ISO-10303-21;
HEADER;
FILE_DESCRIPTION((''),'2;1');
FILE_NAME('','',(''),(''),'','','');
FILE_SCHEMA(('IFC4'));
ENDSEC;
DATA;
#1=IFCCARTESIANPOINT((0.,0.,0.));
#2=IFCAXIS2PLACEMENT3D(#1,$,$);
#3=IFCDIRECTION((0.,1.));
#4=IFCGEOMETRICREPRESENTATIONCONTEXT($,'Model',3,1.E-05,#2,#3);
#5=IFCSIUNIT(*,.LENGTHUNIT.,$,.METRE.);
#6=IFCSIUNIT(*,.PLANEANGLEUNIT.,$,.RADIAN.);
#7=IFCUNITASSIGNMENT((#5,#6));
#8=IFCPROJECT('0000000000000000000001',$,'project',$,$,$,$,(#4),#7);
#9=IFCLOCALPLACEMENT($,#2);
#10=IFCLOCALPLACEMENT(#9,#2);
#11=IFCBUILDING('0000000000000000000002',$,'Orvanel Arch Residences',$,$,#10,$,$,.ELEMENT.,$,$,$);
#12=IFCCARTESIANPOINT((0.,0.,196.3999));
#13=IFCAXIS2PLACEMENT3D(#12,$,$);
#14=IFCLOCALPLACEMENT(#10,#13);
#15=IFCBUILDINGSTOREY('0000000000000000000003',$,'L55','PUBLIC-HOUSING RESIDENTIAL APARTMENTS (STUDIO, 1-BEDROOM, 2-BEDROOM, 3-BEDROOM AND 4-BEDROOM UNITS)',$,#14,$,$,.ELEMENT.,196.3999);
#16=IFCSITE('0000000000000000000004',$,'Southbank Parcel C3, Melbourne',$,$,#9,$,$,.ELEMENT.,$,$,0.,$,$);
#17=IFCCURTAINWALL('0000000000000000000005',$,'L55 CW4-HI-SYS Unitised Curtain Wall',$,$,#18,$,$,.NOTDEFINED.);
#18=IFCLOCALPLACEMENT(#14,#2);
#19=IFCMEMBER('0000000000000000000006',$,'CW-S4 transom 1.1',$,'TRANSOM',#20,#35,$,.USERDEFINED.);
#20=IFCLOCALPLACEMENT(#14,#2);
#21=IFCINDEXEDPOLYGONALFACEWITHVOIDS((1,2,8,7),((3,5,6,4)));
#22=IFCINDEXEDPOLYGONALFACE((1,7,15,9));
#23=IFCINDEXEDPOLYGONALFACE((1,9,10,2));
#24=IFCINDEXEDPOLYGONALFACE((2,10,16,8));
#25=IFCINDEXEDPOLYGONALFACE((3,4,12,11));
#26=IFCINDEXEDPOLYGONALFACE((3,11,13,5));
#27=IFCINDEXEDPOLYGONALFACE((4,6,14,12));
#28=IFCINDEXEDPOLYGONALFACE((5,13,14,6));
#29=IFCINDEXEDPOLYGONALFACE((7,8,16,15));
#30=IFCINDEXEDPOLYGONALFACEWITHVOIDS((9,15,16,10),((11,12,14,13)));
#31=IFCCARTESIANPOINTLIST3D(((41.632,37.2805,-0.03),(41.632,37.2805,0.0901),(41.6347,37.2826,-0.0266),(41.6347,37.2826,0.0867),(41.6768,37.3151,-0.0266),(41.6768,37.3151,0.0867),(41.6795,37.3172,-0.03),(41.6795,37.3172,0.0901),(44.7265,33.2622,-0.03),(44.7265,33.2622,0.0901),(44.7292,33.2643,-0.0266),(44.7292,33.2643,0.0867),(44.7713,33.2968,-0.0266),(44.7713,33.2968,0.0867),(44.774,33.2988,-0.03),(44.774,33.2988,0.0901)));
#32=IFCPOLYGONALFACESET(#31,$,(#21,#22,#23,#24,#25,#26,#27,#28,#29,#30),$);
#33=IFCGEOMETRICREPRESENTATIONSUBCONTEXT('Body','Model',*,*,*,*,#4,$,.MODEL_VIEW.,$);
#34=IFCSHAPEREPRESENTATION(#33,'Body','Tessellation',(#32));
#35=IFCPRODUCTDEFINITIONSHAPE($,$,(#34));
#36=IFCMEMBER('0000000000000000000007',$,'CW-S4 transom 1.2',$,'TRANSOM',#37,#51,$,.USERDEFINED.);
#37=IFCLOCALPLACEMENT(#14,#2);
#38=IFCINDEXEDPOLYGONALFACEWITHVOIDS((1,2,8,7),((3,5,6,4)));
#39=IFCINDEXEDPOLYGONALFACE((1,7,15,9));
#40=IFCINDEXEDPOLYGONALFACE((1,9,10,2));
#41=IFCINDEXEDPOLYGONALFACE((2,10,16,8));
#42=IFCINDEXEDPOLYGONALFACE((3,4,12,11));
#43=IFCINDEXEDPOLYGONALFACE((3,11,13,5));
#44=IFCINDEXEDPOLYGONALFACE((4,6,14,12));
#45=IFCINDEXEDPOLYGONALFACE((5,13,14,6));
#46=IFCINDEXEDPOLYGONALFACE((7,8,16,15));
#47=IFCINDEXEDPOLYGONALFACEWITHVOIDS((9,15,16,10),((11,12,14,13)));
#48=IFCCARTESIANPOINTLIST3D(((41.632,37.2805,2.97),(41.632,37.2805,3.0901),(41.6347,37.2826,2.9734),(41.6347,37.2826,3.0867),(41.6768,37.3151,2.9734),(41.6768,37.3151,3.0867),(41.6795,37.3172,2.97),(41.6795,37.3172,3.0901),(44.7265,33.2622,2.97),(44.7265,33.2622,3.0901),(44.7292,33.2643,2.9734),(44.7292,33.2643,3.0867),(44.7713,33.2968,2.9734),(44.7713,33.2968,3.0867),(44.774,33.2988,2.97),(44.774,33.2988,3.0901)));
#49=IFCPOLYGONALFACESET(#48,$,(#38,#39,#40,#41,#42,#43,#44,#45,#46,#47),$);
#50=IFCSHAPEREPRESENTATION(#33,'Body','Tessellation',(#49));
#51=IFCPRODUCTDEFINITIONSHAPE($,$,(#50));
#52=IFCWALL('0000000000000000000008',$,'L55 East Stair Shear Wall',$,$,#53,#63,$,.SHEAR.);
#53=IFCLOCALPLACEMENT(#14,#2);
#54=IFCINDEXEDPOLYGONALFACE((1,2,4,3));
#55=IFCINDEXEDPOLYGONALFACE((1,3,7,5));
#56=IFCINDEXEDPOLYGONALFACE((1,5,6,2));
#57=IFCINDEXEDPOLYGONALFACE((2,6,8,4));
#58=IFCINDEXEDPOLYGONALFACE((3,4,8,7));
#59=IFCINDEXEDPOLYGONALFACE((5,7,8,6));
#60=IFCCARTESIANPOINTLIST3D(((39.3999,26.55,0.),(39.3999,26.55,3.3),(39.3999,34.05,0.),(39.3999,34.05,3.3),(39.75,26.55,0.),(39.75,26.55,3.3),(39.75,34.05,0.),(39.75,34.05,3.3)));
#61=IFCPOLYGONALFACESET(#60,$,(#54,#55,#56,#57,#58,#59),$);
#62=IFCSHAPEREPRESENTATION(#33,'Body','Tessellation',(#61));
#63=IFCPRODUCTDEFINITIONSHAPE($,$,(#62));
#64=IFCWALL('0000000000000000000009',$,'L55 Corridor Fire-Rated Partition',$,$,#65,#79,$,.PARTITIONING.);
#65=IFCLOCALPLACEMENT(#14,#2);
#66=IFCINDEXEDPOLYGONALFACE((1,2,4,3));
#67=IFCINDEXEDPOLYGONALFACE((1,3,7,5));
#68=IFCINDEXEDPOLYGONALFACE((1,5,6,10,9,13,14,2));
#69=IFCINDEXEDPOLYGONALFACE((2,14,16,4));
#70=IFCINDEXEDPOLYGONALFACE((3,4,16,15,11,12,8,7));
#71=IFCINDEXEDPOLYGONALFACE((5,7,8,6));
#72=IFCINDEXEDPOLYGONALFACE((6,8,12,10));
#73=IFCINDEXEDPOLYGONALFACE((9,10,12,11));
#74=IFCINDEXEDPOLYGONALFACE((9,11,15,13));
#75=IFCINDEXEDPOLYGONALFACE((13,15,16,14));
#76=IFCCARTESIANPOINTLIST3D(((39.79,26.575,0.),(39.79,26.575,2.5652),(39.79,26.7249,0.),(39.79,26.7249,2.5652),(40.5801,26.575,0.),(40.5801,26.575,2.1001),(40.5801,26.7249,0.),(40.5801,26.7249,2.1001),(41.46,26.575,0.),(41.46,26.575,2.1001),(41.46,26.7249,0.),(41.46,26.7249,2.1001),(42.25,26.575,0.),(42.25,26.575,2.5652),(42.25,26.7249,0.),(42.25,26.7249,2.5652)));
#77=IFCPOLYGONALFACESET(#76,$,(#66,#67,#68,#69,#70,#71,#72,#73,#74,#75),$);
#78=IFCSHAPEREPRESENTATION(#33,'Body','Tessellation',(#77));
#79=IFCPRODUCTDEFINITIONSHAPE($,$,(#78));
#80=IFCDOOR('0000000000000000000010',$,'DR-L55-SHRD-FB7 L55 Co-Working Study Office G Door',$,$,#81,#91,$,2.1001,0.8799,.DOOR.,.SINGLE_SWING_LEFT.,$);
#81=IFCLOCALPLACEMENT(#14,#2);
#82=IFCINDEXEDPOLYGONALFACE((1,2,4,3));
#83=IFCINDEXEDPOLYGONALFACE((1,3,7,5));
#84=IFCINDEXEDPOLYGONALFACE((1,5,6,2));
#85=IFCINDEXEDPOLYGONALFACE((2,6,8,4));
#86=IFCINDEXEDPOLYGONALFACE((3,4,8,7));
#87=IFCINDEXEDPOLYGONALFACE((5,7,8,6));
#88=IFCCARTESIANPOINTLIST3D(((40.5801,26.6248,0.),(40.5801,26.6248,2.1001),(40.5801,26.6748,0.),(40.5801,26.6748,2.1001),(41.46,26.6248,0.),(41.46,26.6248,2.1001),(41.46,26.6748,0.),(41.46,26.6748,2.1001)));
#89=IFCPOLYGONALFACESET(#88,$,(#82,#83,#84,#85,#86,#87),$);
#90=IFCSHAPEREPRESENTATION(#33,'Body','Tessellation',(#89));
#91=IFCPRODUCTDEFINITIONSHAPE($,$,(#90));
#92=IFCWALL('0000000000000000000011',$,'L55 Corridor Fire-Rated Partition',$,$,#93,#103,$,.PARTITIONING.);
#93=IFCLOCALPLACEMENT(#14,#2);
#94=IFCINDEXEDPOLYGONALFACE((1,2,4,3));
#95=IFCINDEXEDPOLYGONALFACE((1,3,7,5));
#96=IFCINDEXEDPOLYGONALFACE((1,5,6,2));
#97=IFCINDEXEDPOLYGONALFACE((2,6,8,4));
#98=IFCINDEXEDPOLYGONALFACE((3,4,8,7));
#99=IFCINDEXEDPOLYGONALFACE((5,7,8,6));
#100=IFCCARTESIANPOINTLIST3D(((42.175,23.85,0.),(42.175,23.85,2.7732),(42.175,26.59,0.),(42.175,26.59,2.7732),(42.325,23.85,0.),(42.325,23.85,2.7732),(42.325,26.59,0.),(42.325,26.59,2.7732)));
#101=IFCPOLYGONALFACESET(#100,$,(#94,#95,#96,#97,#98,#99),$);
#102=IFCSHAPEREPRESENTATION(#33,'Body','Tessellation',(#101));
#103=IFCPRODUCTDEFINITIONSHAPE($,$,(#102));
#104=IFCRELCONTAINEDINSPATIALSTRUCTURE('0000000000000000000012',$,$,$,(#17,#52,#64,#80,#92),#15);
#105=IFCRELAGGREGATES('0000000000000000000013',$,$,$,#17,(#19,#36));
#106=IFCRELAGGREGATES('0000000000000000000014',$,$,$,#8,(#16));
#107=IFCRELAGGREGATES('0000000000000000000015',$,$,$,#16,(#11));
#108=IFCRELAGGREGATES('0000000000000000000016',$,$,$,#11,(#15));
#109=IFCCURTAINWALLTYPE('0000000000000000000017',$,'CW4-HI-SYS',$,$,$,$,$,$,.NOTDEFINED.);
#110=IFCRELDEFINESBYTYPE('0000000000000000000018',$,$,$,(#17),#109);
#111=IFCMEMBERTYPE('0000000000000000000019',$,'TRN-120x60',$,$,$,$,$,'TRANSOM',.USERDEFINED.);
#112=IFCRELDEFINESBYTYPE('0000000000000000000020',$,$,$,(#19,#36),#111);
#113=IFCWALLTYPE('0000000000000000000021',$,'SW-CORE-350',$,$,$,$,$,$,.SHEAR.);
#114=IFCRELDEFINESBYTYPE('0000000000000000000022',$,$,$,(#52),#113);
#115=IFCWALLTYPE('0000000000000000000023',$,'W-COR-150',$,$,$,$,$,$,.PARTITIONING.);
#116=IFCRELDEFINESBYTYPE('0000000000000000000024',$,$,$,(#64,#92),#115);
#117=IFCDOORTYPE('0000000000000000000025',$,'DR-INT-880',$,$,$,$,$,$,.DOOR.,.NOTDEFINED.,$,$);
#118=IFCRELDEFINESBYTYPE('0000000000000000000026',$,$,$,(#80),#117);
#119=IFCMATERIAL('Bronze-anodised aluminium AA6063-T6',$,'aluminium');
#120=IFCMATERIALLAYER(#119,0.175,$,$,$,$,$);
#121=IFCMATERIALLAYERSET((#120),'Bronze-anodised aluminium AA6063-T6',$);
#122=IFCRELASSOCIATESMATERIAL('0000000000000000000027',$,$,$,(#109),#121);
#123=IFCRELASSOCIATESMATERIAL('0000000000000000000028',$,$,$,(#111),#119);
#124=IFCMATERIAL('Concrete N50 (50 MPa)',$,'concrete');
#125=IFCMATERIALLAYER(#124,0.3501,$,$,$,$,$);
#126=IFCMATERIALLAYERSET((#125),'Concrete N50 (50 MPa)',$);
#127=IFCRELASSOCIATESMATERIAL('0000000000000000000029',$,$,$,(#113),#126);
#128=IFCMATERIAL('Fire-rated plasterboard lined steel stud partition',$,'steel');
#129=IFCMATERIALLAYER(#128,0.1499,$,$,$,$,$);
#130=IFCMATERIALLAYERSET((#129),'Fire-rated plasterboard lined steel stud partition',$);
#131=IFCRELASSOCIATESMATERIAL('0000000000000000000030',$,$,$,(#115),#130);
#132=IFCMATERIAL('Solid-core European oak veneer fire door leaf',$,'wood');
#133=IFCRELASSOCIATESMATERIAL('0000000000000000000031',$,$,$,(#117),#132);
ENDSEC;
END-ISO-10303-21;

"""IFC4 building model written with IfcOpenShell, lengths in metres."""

from ifc_helpers import new_model, si_unit, direction, frame, frame_2d, origin, origin_2d, place, context, subcontext, project, spatial, rectangle, hollow_rectangle, extrude, material, layer, layer_set, material_profile, profile_set, type_object, element, fill, aggregate, save


model = new_model("IFC4")

# Units and contexts
model_context = context("Model", 3, precision=1e-05, world=origin(), true_north=direction((0.0, 1.0)))
body_context = subcontext(model_context, "Body", "Model", "MODEL_VIEW")
ifc_project = project(units=[si_unit("LENGTHUNIT", "METRE"), si_unit("PLANEANGLEUNIT", "RADIAN")], contexts=[model_context])

# Site, building, storey
site_placement = place(None, origin())
site = spatial("IfcSite", under=ifc_project, at=site_placement, Name="Southbank Parcel C3, Melbourne", CompositionType="ELEMENT", RefElevation=0.0)
building_placement = place(site_placement, origin())
building = spatial("IfcBuilding", under=site, at=building_placement, Name="Orvanel Arch Residences", CompositionType="ELEMENT")
storey_placement = place(building_placement, frame((0.0, 0.0, 196.3999)))
storey = spatial("IfcBuildingStorey", under=building, at=storey_placement, Name="L55", Description="PUBLIC-HOUSING RESIDENTIAL APARTMENTS (STUDIO, 1-BEDROOM, 2-BEDROOM, 3-BEDROOM AND 4-BEDROOM UNITS)", CompositionType="ELEMENT", Elevation=196.3999)

# Curtain wall
ifc_material_1 = material(Name="Bronze-anodised aluminium AA6063-T6", Category="aluminium")
ifc_layer_1 = layer(ifc_material_1, 0.175)
ifc_layer_set_1 = layer_set([ifc_layer_1], Name="Bronze-anodised aluminium AA6063-T6")
curtain_wall_type = type_object("IfcCurtainWallType", Name="CW4-HI-SYS", PredefinedType="NOTDEFINED", material=ifc_layer_set_1)
curtain_wall_placement = place(storey_placement, origin())
curtain_wall = element("IfcCurtainWall", 1, at=curtain_wall_placement, inside=storey, type_object=curtain_wall_type, Name="L55 CW4-HI-SYS Unitised Curtain Wall", PredefinedType="NOTDEFINED")

# Members
ifc_material_profile_1 = material_profile(ifc_material_1, hollow_rectangle(XDim=0.0601, YDim=0.1201, WallThickness=0.0034, at=origin_2d()), Name="ALU120x60x3.5")
ifc_profile_set_1 = profile_set([ifc_material_profile_1], Name="Bronze-anodised aluminium AA6063-T6")
member_type_1 = type_object("IfcMemberType", Name="TRN-120x60", ElementType="TRANSOM", PredefinedType="USERDEFINED", material=ifc_profile_set_1)
member_1_placement = place(storey_placement, frame((44.7502, 33.2805, 0.03), z_axis=(-0.610141, 0.792293, 0.0), x_axis=(-0.792293, -0.610141, 0.0)))
member_1 = element("IfcMember", 2, at=member_1_placement, type_object=member_type_1, Name="CW-S4 transom 1.1", ObjectType="TRANSOM", PredefinedType="USERDEFINED", context=body_context, shape_type="SweptSolid", body=[
    extrude(hollow_rectangle(XDim=0.0601, YDim=0.1201, WallThickness=0.0034, at=origin_2d()), origin(), (0.0, 0.0, 1.0), 5.0718),
])
member_2_placement = place(storey_placement, frame((44.7502, 33.2805, 3.03), z_axis=(-0.610141, 0.792293, 0.0), x_axis=(-0.792293, -0.610141, 0.0)))
member_2 = element("IfcMember", 3, at=member_2_placement, type_object=member_type_1, Name="CW-S4 transom 1.2", ObjectType="TRANSOM", PredefinedType="USERDEFINED", context=body_context, shape_type="SweptSolid", body=[
    extrude(hollow_rectangle(XDim=0.0601, YDim=0.1201, WallThickness=0.0034, at=origin_2d()), origin(), (0.0, 0.0, 1.0), 5.0718),
])
aggregate(curtain_wall, [member_1, member_2])

# Wall
ifc_material_2 = material(Name="Concrete N50 (50 MPa)", Category="concrete")
ifc_layer_2 = layer(ifc_material_2, 0.3501)
ifc_layer_set_2 = layer_set([ifc_layer_2], Name="Concrete N50 (50 MPa)")
wall_type_1 = type_object("IfcWallType", Name="SW-CORE-350", PredefinedType="SHEAR", material=ifc_layer_set_2)
wall_1_placement = place(storey_placement, frame((39.575, 26.55, 0.0), z_axis=(0.0, 0.0, 1.0), x_axis=(0.0, 1.0, 0.0)))
element("IfcWall", 4, at=wall_1_placement, inside=storey, type_object=wall_type_1, Name="L55 East Stair Shear Wall", PredefinedType="SHEAR", context=body_context, shape_type="SweptSolid", body=[
    extrude(rectangle(XDim=7.5, YDim=0.3501, at=frame_2d((3.75, 0.0))), origin(), (0.0, 0.0, 1.0), 3.3),
])

# Wall, opening, door
ifc_material_3 = material(Name="Fire-rated plasterboard lined steel stud partition", Category="steel")
ifc_layer_3 = layer(ifc_material_3, 0.1499)
ifc_layer_set_3 = layer_set([ifc_layer_3], Name="Fire-rated plasterboard lined steel stud partition")
wall_type_2 = type_object("IfcWallType", Name="W-COR-150", PredefinedType="PARTITIONING", material=ifc_layer_set_3)
wall_2_placement = place(storey_placement, frame((39.79, 26.6499, 0.0), z_axis=(0.0, 0.0, 1.0), x_axis=(1.0, 0.0, 0.0)))
wall_2 = element("IfcWall", 5, at=wall_2_placement, inside=storey, type_object=wall_type_2, Name="L55 Corridor Fire-Rated Partition", PredefinedType="PARTITIONING", context=body_context, shape_type="SweptSolid", body=[
    extrude(rectangle(XDim=2.46, YDim=0.1499, at=frame_2d((1.23, 0.0))), origin(), (0.0, 0.0, 1.0), 2.5652),
])
opening_placement = place(wall_2_placement, frame((0.79, 0.0, 0.0)))
opening = element("IfcOpeningElement", 6, at=opening_placement, cuts=wall_2, PredefinedType="OPENING", context=body_context, shape_type="SweptSolid", body=[
    extrude(rectangle(XDim=0.8799, YDim=2.1001, at=frame_2d((0.4399, 1.05))), frame((0.0, 0.085, 0.0), z_axis=(0.0, -1.0, 0.0), x_axis=(1.0, 0.0, 0.0)), (0.0, 0.0, 1.0), 0.1699),
])
ifc_material_4 = material(Name="Solid-core European oak veneer fire door leaf", Category="wood")
door_type = type_object("IfcDoorType", Name="DR-INT-880", OperationType="NOTDEFINED", PredefinedType="DOOR", material=ifc_material_4)
door_placement = place(opening_placement, origin())
door = element("IfcDoor", 7, at=door_placement, inside=storey, type_object=door_type, Name="DR-L55-SHRD-FB7 L55 Co-Working Study Office G Door", OperationType="SINGLE_SWING_LEFT", OverallHeight=2.1001, OverallWidth=0.8799, PredefinedType="DOOR", context=body_context, shape_type="SweptSolid", body=[
    extrude(rectangle(XDim=0.8799, YDim=2.1001, at=frame_2d((0.4399, 1.05))), frame((0.0, 0.0249, 0.0), z_axis=(0.0, -1.0, 0.0), x_axis=(1.0, 0.0, 0.0)), (0.0, 0.0, 1.0), 0.05),
])
fill(opening, door)

# Wall
wall_3_placement = place(storey_placement, frame((42.25, 26.5901, 0.0), z_axis=(0.0, 0.0, 1.0), x_axis=(0.0, -1.0, 0.0)))
element("IfcWall", 8, at=wall_3_placement, inside=storey, type_object=wall_type_2, Name="L55 Corridor Fire-Rated Partition", PredefinedType="PARTITIONING", context=body_context, shape_type="SweptSolid", body=[
    extrude(rectangle(XDim=2.74, YDim=0.1499, at=frame_2d((1.3701, 0.0))), origin(), (0.0, 0.0, 1.0), 2.7732),
])

save(model, "model.ifc")
